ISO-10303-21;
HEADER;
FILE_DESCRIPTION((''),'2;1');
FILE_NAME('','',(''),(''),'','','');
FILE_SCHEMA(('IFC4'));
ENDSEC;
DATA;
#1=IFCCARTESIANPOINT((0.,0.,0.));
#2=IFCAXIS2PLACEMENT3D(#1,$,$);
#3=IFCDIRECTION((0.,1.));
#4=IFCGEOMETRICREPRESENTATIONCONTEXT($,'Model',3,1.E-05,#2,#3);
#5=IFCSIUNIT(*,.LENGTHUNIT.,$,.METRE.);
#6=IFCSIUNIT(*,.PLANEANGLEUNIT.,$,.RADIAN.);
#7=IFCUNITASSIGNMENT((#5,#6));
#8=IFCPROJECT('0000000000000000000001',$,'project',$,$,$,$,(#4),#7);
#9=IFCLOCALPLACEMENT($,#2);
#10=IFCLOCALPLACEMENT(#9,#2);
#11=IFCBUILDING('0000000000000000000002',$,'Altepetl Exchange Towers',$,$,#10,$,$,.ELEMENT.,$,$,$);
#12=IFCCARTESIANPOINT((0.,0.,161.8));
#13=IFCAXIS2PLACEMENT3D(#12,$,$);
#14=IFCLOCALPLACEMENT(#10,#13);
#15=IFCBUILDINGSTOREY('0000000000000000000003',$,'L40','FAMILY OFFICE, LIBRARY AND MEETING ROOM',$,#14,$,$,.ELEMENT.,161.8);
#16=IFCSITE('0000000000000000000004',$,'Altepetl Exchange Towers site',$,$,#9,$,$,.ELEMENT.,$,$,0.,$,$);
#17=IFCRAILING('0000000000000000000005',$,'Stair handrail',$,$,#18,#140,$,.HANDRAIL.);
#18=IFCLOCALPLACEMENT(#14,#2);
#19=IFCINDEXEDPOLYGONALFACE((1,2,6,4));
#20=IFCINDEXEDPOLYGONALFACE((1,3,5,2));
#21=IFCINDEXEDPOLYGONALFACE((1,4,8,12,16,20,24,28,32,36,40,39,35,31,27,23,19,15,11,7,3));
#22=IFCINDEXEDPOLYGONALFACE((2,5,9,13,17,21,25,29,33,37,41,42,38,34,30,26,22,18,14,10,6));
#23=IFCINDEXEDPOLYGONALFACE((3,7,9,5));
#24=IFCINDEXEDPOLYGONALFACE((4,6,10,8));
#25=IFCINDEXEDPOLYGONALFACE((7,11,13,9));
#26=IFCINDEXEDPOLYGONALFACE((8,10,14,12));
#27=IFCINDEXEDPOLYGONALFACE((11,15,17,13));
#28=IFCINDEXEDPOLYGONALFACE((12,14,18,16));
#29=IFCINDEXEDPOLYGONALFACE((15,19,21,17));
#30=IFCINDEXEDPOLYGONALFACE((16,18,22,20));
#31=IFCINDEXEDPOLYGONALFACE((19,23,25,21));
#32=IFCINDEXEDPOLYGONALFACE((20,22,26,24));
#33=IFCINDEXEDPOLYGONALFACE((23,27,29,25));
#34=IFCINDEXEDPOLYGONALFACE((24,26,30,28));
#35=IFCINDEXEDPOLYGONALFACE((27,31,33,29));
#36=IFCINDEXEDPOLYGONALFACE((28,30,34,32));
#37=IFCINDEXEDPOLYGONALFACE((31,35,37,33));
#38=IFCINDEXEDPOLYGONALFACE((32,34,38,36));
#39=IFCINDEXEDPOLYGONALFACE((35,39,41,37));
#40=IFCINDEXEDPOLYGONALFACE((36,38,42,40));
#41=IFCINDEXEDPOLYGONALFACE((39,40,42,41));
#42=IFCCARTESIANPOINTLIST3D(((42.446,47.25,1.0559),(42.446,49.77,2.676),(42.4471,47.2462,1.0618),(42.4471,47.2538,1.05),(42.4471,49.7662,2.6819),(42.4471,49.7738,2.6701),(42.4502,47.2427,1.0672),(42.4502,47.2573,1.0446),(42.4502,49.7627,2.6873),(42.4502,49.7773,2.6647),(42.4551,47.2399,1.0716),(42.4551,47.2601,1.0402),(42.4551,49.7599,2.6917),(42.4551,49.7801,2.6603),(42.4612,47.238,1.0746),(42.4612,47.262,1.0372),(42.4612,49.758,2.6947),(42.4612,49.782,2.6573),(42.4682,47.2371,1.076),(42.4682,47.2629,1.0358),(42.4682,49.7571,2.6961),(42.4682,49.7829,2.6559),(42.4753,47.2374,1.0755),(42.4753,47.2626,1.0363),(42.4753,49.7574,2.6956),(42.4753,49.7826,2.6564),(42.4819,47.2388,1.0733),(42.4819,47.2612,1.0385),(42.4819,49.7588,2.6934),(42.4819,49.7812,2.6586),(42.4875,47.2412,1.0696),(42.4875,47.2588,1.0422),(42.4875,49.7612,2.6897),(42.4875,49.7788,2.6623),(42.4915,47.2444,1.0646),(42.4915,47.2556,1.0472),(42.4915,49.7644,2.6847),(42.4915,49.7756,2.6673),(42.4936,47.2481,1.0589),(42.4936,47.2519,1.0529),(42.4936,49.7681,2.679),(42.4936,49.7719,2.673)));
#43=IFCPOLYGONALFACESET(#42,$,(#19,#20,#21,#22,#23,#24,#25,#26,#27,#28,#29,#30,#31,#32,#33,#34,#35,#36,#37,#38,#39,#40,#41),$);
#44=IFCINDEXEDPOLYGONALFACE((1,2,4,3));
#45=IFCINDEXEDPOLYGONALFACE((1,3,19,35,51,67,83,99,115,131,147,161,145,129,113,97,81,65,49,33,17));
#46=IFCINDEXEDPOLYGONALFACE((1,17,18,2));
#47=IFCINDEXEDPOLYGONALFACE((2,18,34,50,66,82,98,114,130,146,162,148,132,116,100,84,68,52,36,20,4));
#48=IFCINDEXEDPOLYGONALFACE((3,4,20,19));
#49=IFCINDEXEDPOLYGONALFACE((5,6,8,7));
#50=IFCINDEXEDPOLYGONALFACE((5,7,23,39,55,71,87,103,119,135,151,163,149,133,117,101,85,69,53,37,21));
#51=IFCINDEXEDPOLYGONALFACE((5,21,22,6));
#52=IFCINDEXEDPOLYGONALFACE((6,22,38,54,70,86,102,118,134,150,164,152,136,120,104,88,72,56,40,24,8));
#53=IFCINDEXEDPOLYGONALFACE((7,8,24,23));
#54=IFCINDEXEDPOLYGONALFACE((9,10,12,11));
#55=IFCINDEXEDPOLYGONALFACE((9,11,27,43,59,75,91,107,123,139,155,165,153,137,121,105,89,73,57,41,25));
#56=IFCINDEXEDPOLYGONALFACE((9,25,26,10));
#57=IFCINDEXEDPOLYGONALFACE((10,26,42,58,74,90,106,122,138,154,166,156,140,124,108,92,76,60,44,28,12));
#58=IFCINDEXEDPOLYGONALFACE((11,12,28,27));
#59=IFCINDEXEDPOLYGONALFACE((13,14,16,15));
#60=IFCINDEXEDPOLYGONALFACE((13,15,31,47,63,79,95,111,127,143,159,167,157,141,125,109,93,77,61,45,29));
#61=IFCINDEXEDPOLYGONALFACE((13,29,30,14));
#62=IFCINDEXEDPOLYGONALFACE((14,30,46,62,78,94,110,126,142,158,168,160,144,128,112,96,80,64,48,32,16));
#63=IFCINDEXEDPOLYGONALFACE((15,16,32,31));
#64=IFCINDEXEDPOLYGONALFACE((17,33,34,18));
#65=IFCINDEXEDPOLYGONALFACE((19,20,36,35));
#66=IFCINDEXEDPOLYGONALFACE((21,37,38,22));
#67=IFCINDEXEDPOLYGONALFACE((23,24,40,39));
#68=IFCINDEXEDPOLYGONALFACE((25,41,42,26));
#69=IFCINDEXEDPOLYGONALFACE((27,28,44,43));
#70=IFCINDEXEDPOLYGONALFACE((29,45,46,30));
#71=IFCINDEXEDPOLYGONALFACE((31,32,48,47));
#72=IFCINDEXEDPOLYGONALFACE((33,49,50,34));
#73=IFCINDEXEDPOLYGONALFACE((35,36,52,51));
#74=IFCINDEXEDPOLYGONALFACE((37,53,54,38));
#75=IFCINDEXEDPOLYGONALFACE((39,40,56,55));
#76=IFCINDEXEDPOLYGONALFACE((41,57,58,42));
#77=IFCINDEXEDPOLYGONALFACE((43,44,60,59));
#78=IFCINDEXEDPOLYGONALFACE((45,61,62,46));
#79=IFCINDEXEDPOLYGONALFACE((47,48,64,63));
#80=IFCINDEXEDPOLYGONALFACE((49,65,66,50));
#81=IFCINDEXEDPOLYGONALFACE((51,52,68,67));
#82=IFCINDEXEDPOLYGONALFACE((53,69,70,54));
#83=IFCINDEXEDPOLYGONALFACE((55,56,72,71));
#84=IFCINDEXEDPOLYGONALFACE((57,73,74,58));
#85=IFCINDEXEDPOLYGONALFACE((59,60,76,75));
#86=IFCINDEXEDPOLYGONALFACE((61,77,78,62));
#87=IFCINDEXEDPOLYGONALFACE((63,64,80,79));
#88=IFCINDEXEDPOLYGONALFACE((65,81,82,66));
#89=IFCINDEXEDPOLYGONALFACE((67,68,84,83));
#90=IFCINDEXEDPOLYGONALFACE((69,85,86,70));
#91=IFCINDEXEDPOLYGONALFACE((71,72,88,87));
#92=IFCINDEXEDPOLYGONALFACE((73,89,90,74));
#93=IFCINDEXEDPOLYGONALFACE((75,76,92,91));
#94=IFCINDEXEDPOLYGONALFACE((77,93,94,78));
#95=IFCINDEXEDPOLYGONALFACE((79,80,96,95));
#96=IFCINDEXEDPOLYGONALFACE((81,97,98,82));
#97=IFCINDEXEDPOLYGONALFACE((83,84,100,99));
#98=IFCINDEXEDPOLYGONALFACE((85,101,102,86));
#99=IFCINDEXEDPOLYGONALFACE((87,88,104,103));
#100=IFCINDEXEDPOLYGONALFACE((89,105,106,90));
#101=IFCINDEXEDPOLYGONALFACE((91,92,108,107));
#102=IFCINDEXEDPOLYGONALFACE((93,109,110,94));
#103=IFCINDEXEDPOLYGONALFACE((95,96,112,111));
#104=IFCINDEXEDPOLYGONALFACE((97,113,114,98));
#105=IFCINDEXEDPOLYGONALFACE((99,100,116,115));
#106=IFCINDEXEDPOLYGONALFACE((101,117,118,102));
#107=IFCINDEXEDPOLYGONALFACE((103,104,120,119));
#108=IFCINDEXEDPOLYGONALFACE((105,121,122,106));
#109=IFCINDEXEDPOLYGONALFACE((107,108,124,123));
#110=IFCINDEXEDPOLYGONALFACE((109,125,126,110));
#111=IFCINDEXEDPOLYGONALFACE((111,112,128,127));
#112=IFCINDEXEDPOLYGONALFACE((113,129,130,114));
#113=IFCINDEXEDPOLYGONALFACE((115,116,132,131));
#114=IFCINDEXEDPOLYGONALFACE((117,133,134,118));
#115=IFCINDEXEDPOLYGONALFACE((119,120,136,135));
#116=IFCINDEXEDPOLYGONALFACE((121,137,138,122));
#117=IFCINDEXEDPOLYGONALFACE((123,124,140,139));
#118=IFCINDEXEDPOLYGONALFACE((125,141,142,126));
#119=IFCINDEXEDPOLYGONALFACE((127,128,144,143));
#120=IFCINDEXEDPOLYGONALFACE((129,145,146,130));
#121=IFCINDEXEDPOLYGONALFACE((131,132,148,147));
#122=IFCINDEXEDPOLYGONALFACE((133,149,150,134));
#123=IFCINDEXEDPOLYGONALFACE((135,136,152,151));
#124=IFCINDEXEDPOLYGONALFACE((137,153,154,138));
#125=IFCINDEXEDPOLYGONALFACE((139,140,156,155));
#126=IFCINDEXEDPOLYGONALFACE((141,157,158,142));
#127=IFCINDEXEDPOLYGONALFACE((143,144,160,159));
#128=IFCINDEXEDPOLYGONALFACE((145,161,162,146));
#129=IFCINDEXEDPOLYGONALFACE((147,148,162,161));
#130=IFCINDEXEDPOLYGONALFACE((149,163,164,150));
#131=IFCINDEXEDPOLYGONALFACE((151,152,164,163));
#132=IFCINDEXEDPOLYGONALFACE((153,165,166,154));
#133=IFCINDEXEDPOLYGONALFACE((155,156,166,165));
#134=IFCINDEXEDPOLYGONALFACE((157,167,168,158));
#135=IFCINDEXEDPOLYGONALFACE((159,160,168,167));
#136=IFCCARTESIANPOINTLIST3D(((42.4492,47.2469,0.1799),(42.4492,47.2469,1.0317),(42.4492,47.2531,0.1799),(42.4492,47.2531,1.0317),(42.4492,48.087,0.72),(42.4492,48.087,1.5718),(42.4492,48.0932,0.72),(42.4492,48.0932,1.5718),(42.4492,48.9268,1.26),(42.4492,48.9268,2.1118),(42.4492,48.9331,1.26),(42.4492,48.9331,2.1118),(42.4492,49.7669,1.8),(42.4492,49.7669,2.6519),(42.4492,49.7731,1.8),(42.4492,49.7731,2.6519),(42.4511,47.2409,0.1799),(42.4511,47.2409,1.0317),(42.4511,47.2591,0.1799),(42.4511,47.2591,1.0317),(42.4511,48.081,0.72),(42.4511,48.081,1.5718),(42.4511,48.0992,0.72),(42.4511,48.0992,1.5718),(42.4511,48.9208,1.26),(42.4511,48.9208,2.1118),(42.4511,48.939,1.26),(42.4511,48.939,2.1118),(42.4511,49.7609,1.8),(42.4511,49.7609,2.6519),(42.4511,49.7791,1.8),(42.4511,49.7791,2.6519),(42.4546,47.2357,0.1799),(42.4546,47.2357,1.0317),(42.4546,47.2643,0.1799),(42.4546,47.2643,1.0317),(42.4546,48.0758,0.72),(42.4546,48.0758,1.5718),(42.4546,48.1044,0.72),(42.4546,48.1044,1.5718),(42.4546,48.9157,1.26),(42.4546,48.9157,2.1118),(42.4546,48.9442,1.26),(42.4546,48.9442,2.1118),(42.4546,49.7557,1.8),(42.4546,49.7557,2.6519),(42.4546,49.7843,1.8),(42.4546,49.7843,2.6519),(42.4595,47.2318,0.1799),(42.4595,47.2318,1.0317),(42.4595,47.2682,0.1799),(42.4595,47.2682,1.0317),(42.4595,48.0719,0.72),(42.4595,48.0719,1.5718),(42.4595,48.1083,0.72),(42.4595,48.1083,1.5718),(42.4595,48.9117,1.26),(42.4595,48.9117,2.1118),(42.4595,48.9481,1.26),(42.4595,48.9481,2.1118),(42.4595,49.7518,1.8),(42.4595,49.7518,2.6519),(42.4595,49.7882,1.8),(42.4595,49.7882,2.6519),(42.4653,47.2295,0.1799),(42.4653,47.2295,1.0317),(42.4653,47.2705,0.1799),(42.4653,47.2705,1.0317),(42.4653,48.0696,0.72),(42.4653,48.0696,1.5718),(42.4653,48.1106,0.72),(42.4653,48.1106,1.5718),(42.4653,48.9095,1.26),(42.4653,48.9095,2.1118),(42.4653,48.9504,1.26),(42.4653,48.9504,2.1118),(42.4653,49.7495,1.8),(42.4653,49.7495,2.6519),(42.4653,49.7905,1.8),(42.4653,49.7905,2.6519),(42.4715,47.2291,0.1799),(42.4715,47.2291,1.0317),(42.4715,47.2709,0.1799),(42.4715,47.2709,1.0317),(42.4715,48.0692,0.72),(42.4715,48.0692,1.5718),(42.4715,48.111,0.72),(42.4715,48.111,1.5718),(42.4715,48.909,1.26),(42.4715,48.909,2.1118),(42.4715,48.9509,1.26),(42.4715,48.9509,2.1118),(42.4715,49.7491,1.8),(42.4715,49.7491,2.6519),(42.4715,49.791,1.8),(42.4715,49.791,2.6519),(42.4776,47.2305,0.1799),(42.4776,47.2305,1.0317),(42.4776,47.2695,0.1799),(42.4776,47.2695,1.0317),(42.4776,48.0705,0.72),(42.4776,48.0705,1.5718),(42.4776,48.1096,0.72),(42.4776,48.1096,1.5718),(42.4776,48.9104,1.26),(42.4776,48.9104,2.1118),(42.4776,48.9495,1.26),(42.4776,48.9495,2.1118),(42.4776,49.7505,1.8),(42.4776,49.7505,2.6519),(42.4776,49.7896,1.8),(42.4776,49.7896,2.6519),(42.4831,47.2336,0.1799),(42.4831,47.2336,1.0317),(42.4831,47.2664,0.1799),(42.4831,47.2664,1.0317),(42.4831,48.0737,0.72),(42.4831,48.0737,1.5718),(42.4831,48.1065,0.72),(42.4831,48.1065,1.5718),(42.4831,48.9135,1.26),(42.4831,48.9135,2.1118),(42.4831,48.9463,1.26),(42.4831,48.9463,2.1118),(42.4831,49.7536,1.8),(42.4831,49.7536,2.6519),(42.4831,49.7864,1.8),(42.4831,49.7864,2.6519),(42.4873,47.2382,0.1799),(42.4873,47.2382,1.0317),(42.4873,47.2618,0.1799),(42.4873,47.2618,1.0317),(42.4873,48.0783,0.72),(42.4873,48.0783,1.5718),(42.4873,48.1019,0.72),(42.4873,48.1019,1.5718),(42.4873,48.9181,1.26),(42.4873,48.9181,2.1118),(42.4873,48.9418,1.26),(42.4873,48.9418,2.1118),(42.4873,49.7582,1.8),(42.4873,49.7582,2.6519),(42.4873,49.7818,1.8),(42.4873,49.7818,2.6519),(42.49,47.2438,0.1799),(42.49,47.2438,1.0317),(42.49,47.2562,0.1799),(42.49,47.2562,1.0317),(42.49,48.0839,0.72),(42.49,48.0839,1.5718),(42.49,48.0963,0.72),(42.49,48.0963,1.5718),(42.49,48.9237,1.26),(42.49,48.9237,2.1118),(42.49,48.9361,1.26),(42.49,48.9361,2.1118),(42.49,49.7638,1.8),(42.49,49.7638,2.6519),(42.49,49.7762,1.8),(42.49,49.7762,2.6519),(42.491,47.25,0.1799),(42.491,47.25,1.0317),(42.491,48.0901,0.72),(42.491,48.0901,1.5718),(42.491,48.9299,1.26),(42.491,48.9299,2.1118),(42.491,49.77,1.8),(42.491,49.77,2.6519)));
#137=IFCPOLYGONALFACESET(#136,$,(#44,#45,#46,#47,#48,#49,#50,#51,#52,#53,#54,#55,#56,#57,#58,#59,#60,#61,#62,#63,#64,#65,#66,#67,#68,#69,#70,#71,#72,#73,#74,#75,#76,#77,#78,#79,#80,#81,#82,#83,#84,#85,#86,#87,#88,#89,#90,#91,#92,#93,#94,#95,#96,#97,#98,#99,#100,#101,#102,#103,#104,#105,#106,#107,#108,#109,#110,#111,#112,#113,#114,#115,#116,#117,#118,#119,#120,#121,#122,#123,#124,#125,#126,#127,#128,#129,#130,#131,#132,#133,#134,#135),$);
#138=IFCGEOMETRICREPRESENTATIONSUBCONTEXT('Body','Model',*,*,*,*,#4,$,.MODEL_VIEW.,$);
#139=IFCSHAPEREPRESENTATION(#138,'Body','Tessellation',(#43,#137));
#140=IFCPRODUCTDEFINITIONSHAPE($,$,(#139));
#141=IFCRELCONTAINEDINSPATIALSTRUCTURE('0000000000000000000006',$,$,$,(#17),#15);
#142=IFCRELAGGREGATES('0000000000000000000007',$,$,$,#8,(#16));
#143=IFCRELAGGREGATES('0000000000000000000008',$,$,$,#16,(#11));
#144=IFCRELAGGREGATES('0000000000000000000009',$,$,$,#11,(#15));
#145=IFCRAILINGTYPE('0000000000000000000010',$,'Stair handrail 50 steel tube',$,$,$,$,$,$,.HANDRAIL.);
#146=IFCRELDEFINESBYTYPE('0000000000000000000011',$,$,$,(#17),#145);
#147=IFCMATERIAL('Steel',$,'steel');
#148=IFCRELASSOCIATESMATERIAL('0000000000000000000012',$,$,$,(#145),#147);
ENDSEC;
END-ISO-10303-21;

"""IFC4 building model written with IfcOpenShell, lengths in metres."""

from ifc_helpers import new_model, si_unit, direction, frame, origin, origin_2d, place, context, subcontext, project, spatial, circle, extrude, source, transform, mapped, material, type_object, element, save


model = new_model("IFC4")

# Units and contexts
model_context = context("Model", 3, precision=1e-05, world=origin(), true_north=direction((0.0, 1.0)))
body_context = subcontext(model_context, "Body", "Model", "MODEL_VIEW")
ifc_project = project(units=[si_unit("LENGTHUNIT", "METRE"), si_unit("PLANEANGLEUNIT", "RADIAN")], contexts=[model_context])

# Site, building, storey
site_placement = place(None, origin())
site = spatial("IfcSite", under=ifc_project, at=site_placement, Name="Altepetl Exchange Towers site", CompositionType="ELEMENT", RefElevation=0.0)
building_placement = place(site_placement, origin())
building = spatial("IfcBuilding", under=site, at=building_placement, Name="Altepetl Exchange Towers", CompositionType="ELEMENT")
storey_placement = place(building_placement, frame((0.0, 0.0, 161.8)))
storey = spatial("IfcBuildingStorey", under=building, at=storey_placement, Name="L40", Description="FAMILY OFFICE, LIBRARY AND MEETING ROOM", CompositionType="ELEMENT", Elevation=161.8)

# Railing
ifc_material_1 = material(Name="Steel", Category="steel")
railing_type = type_object("IfcRailingType", Name="Stair handrail 50 steel tube", PredefinedType="HANDRAIL", material=ifc_material_1)
shared_shape = source(origin(), body_context, "Body", "SweptSolid", [
    extrude(circle(Radius=0.021, at=origin_2d()), origin(), (0.0, 0.0, 1.0), 0.8518),
])
railing_1_placement = place(storey_placement, frame((42.47, 47.25, 0.1799)))
element("IfcRailing", 1, at=railing_1_placement, inside=storey, type_object=railing_type, Name="Stair handrail", PredefinedType="HANDRAIL", context=body_context, shape_type="SweptSolid", body=[
    extrude(circle(Radius=0.0239, at=origin_2d()), frame((0.0, 0.0, 0.876), z_axis=(0.0, 0.841163, 0.540782), x_axis=(-1.0, 0.0, 0.0)), (0.0, 0.0, 1.0), 2.9958),
    mapped(shared_shape, transform((0.0, 0.0, 0.0))),
    mapped(shared_shape, transform((0.0, 0.8401, 0.54))),
    mapped(shared_shape, transform((0.0, 1.6799, 1.0801))),
    mapped(shared_shape, transform((0.0, 2.52, 1.6201))),
])

save(model, "model.ifc")
